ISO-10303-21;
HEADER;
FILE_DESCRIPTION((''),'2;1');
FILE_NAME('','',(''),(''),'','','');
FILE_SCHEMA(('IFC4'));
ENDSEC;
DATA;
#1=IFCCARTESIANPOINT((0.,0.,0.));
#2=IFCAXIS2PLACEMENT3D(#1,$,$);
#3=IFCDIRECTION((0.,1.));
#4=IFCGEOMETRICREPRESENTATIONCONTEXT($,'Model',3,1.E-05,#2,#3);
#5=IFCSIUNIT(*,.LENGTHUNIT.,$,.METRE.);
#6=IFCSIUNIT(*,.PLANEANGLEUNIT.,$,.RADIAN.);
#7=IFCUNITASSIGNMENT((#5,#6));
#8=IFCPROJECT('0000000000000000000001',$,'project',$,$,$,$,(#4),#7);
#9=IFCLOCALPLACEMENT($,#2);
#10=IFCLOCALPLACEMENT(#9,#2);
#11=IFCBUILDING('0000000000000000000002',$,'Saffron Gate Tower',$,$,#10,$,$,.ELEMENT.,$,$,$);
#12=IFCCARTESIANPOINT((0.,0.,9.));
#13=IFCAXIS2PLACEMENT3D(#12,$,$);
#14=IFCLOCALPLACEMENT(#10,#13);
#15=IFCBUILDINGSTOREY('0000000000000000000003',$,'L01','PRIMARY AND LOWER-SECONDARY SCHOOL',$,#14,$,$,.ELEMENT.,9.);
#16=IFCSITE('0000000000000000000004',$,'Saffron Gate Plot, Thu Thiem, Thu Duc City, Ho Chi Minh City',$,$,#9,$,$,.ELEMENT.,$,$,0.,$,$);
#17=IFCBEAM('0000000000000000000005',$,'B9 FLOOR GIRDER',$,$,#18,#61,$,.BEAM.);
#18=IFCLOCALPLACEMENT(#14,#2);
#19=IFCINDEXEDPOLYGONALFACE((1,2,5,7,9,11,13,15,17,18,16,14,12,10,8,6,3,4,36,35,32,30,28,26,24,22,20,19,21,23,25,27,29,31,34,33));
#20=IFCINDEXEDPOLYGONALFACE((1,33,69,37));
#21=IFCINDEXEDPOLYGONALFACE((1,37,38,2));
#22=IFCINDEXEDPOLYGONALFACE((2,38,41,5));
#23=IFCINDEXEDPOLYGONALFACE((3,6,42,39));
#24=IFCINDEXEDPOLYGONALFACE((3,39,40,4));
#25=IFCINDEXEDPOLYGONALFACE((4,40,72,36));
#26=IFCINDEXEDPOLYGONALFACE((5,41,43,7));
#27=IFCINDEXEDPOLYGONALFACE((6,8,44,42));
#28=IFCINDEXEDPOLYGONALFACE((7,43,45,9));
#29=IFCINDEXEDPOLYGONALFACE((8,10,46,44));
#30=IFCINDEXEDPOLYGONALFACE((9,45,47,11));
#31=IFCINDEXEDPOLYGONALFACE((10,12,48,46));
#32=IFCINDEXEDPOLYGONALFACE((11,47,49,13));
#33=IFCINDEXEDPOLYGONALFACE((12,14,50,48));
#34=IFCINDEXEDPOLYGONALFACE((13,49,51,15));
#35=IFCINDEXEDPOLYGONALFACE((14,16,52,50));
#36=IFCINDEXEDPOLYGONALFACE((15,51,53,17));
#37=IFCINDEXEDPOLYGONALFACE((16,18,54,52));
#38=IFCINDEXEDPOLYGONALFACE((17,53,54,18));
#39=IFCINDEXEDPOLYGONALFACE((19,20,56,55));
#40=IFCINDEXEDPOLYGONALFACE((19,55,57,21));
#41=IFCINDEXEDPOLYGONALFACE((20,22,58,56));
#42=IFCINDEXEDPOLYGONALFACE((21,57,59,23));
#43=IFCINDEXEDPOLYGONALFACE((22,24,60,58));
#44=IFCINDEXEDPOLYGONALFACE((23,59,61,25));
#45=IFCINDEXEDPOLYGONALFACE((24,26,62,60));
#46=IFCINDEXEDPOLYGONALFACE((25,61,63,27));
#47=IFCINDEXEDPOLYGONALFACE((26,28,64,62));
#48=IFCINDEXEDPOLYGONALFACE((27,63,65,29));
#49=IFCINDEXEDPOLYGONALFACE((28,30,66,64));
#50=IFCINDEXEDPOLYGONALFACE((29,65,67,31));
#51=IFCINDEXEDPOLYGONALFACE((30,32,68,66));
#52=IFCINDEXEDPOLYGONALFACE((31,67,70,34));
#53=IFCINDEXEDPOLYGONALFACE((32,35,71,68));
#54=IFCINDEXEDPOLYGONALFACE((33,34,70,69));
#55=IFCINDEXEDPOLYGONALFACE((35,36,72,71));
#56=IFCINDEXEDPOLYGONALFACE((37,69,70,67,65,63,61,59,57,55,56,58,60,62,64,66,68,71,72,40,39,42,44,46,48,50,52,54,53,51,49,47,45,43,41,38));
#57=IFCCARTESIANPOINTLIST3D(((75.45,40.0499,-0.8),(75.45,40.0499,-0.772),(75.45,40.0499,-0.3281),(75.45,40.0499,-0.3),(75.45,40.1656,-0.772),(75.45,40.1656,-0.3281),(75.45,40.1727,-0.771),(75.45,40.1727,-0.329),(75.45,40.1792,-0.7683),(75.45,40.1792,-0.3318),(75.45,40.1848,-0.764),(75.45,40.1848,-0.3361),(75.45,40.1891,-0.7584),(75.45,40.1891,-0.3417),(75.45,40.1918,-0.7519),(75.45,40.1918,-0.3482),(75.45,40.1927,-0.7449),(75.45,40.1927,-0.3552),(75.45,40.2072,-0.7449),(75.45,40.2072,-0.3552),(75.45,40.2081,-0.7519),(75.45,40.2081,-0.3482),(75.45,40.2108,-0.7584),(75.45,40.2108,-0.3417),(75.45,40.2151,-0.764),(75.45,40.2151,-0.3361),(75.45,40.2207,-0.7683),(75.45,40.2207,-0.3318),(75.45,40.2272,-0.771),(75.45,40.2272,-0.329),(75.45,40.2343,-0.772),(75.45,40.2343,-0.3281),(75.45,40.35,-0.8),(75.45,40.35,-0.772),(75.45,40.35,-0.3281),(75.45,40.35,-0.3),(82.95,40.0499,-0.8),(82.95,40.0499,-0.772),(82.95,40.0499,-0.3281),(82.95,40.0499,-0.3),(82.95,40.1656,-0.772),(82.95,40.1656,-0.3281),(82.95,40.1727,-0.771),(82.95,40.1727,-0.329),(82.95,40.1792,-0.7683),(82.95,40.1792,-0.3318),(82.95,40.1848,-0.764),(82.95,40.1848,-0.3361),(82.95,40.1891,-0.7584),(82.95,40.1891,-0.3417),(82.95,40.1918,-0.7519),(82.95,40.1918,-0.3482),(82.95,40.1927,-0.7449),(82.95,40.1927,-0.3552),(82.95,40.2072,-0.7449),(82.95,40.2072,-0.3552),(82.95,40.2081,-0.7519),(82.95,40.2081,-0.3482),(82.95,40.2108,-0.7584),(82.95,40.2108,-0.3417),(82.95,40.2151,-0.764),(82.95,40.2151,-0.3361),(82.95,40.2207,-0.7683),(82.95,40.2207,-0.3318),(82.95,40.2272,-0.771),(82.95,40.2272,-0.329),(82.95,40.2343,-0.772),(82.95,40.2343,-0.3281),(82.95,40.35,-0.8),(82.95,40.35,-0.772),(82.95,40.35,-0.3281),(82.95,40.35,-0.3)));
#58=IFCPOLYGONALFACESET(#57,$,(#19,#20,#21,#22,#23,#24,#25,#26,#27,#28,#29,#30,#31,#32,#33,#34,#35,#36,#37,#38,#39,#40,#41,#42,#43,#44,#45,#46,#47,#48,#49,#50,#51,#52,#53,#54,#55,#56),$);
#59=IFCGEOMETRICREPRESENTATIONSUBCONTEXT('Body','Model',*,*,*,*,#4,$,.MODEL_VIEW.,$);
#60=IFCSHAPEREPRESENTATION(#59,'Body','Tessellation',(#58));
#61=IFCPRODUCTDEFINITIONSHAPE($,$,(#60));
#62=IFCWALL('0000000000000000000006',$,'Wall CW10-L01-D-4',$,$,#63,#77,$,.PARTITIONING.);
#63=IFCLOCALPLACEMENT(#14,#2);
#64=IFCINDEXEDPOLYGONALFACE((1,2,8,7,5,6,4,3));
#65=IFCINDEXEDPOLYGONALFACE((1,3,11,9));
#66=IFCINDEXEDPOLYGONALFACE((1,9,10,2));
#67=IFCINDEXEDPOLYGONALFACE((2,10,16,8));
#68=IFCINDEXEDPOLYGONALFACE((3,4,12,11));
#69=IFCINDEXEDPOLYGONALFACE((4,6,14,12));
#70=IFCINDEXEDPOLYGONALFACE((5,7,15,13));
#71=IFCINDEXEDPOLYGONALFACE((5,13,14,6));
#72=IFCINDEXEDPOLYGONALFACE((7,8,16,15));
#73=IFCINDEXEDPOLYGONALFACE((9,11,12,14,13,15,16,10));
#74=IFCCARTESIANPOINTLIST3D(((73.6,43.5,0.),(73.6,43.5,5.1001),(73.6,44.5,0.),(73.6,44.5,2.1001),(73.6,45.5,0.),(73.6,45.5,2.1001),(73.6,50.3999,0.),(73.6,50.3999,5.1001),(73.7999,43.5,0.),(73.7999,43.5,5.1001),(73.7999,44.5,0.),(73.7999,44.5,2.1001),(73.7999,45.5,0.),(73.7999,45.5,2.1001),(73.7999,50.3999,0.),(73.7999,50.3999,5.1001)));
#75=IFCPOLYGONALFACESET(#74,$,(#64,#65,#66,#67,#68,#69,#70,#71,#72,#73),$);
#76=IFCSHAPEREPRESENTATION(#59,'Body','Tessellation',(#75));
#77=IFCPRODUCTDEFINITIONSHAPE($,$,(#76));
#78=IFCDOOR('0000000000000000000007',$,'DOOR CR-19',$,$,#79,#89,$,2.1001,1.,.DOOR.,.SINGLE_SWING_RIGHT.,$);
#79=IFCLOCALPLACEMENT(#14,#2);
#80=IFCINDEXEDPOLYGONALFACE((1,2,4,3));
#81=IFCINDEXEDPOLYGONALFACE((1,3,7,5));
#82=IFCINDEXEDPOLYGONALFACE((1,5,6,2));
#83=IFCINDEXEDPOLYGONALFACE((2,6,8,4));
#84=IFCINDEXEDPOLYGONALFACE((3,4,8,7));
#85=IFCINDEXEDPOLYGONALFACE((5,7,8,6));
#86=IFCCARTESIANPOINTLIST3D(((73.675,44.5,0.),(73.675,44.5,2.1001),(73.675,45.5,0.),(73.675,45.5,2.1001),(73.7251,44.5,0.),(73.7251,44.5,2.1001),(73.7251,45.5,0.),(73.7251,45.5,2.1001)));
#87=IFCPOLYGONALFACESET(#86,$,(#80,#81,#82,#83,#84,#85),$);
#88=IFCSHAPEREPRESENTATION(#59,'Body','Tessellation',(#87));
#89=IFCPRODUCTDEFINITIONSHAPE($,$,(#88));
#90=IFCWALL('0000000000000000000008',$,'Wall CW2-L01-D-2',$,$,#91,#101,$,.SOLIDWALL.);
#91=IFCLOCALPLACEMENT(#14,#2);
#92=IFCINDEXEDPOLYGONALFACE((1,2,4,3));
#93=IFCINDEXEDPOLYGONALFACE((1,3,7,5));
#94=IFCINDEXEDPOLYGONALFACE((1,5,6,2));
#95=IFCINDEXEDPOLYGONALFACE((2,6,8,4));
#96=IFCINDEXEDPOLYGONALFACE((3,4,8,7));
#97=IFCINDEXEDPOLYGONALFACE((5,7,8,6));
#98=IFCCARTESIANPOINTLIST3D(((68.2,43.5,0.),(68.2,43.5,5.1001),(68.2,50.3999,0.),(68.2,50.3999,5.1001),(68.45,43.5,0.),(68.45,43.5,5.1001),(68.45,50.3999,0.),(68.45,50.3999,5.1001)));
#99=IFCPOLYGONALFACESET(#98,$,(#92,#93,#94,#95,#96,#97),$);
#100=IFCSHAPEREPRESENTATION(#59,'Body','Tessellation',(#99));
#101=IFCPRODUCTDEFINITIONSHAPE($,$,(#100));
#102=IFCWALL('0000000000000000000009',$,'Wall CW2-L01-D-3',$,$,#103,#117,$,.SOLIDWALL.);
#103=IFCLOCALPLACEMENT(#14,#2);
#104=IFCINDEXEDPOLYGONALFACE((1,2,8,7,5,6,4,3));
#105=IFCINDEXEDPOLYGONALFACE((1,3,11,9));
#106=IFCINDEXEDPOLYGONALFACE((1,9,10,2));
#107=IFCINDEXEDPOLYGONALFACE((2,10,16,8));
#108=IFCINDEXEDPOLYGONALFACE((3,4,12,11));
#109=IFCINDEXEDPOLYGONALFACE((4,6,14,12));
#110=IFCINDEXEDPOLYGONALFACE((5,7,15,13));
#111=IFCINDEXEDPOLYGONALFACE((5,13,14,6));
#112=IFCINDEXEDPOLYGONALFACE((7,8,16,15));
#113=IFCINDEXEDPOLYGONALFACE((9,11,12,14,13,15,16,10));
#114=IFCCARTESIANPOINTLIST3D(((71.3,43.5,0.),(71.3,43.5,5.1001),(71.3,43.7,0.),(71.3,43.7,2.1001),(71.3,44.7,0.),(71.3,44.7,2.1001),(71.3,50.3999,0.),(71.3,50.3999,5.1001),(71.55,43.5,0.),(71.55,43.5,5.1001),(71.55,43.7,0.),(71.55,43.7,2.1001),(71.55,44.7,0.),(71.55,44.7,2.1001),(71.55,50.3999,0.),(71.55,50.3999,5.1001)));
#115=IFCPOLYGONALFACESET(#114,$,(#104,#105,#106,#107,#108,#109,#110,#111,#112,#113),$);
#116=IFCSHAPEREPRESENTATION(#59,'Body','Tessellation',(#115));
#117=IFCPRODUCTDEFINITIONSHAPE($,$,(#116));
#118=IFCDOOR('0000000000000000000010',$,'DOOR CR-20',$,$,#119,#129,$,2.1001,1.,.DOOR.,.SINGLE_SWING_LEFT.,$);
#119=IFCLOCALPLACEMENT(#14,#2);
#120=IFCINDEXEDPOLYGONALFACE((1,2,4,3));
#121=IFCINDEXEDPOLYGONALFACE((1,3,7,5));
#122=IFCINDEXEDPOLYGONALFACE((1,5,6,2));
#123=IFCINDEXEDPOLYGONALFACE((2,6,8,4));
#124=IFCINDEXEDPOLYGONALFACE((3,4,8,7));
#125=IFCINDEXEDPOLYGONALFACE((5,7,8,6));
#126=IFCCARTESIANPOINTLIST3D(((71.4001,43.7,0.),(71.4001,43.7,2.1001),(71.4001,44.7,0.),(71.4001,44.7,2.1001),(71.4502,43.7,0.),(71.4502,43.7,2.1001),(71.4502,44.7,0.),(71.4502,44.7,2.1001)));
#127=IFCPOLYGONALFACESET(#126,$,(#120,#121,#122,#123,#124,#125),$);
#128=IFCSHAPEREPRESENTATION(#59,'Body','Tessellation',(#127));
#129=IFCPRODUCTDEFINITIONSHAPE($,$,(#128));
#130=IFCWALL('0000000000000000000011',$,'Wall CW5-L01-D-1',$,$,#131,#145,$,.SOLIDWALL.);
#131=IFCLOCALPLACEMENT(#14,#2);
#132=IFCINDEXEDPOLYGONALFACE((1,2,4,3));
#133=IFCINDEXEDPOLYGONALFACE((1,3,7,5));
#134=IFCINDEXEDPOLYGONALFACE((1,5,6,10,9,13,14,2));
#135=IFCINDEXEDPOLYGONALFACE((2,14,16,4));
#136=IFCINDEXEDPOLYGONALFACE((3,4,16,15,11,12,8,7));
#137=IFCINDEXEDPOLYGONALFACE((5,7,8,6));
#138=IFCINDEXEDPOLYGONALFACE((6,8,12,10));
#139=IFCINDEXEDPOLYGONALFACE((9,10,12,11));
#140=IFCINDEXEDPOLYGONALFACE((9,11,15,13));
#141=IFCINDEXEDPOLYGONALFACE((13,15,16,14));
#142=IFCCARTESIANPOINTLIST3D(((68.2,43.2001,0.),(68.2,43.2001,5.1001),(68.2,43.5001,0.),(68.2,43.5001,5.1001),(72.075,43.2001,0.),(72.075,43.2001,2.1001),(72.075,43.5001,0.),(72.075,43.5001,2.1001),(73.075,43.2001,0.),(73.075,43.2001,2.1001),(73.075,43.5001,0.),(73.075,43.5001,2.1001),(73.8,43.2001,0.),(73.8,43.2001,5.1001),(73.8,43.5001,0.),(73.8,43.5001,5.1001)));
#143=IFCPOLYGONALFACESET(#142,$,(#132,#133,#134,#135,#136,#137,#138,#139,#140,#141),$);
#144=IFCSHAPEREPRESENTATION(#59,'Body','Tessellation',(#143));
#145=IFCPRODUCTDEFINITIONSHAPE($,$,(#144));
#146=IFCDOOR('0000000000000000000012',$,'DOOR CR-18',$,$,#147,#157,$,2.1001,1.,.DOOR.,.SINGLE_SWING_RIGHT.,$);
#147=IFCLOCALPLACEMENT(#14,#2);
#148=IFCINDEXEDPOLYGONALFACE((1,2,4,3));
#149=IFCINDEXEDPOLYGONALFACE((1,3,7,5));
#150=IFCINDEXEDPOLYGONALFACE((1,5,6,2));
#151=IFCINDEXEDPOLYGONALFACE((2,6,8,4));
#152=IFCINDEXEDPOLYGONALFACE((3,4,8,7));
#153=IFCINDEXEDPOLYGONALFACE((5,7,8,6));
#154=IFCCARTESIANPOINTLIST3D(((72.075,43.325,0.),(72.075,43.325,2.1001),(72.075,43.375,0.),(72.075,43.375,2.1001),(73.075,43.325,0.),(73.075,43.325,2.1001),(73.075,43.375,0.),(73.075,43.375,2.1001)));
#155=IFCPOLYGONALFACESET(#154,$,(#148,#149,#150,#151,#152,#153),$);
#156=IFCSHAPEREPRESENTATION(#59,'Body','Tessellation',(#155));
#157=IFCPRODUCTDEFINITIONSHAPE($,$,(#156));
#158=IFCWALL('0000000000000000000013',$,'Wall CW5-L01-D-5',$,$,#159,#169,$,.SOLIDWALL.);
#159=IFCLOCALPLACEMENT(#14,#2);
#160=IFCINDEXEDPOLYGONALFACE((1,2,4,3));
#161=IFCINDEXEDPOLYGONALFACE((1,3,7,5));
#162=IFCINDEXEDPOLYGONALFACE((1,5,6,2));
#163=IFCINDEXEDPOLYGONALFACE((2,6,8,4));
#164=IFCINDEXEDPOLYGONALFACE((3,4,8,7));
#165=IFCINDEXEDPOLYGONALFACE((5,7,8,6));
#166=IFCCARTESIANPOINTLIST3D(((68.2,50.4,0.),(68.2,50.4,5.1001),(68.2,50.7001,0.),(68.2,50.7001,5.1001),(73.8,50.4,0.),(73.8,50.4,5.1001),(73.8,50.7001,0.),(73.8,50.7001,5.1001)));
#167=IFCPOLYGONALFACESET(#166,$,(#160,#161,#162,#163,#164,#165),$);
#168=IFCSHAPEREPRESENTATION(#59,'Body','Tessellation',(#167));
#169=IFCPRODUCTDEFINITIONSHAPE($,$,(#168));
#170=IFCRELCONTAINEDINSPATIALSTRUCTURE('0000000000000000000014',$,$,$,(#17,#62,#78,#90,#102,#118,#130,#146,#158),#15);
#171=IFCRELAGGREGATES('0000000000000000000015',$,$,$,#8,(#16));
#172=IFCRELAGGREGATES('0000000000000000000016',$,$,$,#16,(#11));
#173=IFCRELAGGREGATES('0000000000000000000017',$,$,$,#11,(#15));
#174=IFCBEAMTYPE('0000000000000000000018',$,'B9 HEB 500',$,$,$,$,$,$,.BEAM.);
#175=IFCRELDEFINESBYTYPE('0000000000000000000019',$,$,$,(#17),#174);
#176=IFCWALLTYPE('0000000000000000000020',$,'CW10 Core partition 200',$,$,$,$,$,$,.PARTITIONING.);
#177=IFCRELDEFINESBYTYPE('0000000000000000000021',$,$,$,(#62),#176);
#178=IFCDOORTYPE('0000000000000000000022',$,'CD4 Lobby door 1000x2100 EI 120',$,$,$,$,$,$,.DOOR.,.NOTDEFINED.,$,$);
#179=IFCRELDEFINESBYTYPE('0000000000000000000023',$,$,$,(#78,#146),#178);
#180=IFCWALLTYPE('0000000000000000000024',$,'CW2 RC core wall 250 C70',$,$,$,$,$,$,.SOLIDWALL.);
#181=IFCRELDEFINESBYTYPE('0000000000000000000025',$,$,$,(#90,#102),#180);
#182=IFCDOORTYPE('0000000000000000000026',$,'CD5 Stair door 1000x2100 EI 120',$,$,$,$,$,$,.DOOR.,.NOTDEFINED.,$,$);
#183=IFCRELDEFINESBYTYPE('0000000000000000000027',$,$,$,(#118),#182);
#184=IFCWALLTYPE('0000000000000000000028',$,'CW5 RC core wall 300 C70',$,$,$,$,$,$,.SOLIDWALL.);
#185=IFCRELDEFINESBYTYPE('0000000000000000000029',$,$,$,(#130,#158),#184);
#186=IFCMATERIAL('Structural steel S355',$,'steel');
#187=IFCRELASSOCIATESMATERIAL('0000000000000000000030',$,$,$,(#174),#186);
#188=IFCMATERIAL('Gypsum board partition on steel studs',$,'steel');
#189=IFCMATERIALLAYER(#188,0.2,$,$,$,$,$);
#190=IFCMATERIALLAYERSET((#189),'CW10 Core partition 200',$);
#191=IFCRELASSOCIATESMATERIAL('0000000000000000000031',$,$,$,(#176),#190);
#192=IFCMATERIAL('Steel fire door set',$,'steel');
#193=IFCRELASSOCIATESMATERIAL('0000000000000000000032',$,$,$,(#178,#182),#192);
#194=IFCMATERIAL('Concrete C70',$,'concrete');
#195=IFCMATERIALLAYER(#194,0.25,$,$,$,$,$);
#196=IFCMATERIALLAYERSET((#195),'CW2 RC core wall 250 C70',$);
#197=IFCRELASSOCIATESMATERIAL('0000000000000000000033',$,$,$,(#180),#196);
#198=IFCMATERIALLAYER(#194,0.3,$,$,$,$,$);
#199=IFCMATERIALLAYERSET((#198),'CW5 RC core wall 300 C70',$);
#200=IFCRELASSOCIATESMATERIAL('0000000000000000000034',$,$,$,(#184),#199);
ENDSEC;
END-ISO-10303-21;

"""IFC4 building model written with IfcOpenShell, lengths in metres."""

from ifc_helpers import new_model, si_unit, direction, frame, frame_2d, origin, origin_2d, place, context, subcontext, project, spatial, rectangle, i_section, extrude, material, layer, layer_set, material_profile, profile_set, type_object, element, fill, save


model = new_model("IFC4")

# Units and contexts
model_context = context("Model", 3, precision=1e-05, world=origin(), true_north=direction((0.0, 1.0)))
body_context = subcontext(model_context, "Body", "Model", "MODEL_VIEW")
ifc_project = project(units=[si_unit("LENGTHUNIT", "METRE"), si_unit("PLANEANGLEUNIT", "RADIAN")], contexts=[model_context])

# Site, building, storey
site_placement = place(None, origin())
site = spatial("IfcSite", under=ifc_project, at=site_placement, Name="Saffron Gate Plot, Thu Thiem, Thu Duc City, Ho Chi Minh City", CompositionType="ELEMENT", RefElevation=0.0)
building_placement = place(site_placement, origin())
building = spatial("IfcBuilding", under=site, at=building_placement, Name="Saffron Gate Tower", CompositionType="ELEMENT")
storey_placement = place(building_placement, frame((0.0, 0.0, 9.0)))
storey = spatial("IfcBuildingStorey", under=building, at=storey_placement, Name="L01", Description="PRIMARY AND LOWER-SECONDARY SCHOOL", CompositionType="ELEMENT", Elevation=9.0)

# Beam
ifc_material_1 = material(Name="Structural steel S355", Category="steel")
ifc_material_profile_1 = material_profile(ifc_material_1, i_section(OverallWidth=0.3, OverallDepth=0.5, WebThickness=0.0144, FlangeThickness=0.0281, FilletRadius=0.0271, at=origin_2d()))
ifc_profile_set_1 = profile_set([ifc_material_profile_1], Name="Structural steel S355")
beam_type_1 = type_object("IfcBeamType", Name="B9 HEB 500", PredefinedType="BEAM", material=ifc_profile_set_1)
beam_1_placement = place(storey_placement, frame((75.45, 40.2, -0.55), z_axis=(1.0, 0.0, 0.0), x_axis=(0.0, 1.0, 0.0)))
element("IfcBeam", 1, at=beam_1_placement, inside=storey, type_object=beam_type_1, Name="B9 FLOOR GIRDER", PredefinedType="BEAM", context=body_context, shape_type="SweptSolid", body=[
    extrude(i_section(OverallWidth=0.3, OverallDepth=0.5, WebThickness=0.0144, FlangeThickness=0.0281, FilletRadius=0.0271, at=origin_2d()), origin(), (0.0, 0.0, 1.0), 7.5),
])

# Wall, opening, door
ifc_material_2 = material(Name="Gypsum board partition on steel studs", Category="steel")
ifc_layer_1 = layer(ifc_material_2, 0.2)
ifc_layer_set_1 = layer_set([ifc_layer_1], Name="CW10 Core partition 200")
wall_type_1 = type_object("IfcWallType", Name="CW10 Core partition 200", PredefinedType="PARTITIONING", material=ifc_layer_set_1)
wall_1_placement = place(storey_placement, frame((73.7, 43.5, 0.0), z_axis=(0.0, 0.0, 1.0), x_axis=(0.0, 1.0, 0.0)))
wall_1 = element("IfcWall", 2, at=wall_1_placement, inside=storey, type_object=wall_type_1, Name="Wall CW10-L01-D-4", PredefinedType="PARTITIONING", context=body_context, shape_type="SweptSolid", body=[
    extrude(rectangle(XDim=6.8999, YDim=0.2, at=frame_2d((3.45, 0.0))), origin(), (0.0, 0.0, 1.0), 5.1001),
])
opening_1_placement = place(wall_1_placement, frame((1.0, 0.0, 0.0)))
opening_1 = element("IfcOpeningElement", 3, at=opening_1_placement, cuts=wall_1, PredefinedType="OPENING", context=body_context, shape_type="SweptSolid", body=[
    extrude(rectangle(XDim=1.0, YDim=2.1001, at=frame_2d((0.5, 1.05))), frame((0.0, 0.1099, 0.0), z_axis=(0.0, -1.0, 0.0), x_axis=(1.0, 0.0, 0.0)), (0.0, 0.0, 1.0), 0.22),
])
ifc_material_3 = material(Name="Steel fire door set", Category="steel")
door_type_1 = type_object("IfcDoorType", Name="CD4 Lobby door 1000x2100 EI 120", OperationType="NOTDEFINED", PredefinedType="DOOR", material=ifc_material_3)
door_1_placement = place(opening_1_placement, origin())
door_1 = element("IfcDoor", 4, at=door_1_placement, inside=storey, type_object=door_type_1, Name="DOOR CR-19", OperationType="SINGLE_SWING_RIGHT", OverallHeight=2.1001, OverallWidth=1.0, PredefinedType="DOOR", context=body_context, shape_type="SweptSolid", body=[
    extrude(rectangle(XDim=1.0, YDim=2.1001, at=frame_2d((0.5, 1.05))), frame((0.0, 0.0249, 0.0), z_axis=(0.0, -1.0, 0.0), x_axis=(1.0, 0.0, 0.0)), (0.0, 0.0, 1.0), 0.05),
])
fill(opening_1, door_1)

# Wall
ifc_material_4 = material(Name="Concrete C70", Category="concrete")
ifc_layer_2 = layer(ifc_material_4, 0.25)
ifc_layer_set_2 = layer_set([ifc_layer_2], Name="CW2 RC core wall 250 C70")
wall_type_2 = type_object("IfcWallType", Name="CW2 RC core wall 250 C70", PredefinedType="SOLIDWALL", material=ifc_layer_set_2)
wall_2_placement = place(storey_placement, frame((68.325, 43.5, 0.0), z_axis=(0.0, 0.0, 1.0), x_axis=(0.0, 1.0, 0.0)))
element("IfcWall", 5, at=wall_2_placement, inside=storey, type_object=wall_type_2, Name="Wall CW2-L01-D-2", PredefinedType="SOLIDWALL", context=body_context, shape_type="SweptSolid", body=[
    extrude(rectangle(XDim=6.8999, YDim=0.25, at=frame_2d((3.45, 0.0))), origin(), (0.0, 0.0, 1.0), 5.1001),
])

# Walls, openings, doors
wall_3_placement = place(storey_placement, frame((71.425, 43.5, 0.0), z_axis=(0.0, 0.0, 1.0), x_axis=(0.0, 1.0, 0.0)))
wall_3 = element("IfcWall", 6, at=wall_3_placement, inside=storey, type_object=wall_type_2, Name="Wall CW2-L01-D-3", PredefinedType="SOLIDWALL", context=body_context, shape_type="SweptSolid", body=[
    extrude(rectangle(XDim=6.8999, YDim=0.25, at=frame_2d((3.45, 0.0))), origin(), (0.0, 0.0, 1.0), 5.1001),
])
opening_2_placement = place(wall_3_placement, frame((0.2, 0.0, 0.0)))
opening_2 = element("IfcOpeningElement", 7, at=opening_2_placement, cuts=wall_3, PredefinedType="OPENING", context=body_context, shape_type="SweptSolid", body=[
    extrude(rectangle(XDim=1.0, YDim=2.1001, at=frame_2d((0.5, 1.05))), frame((0.0, 0.135, 0.0), z_axis=(0.0, -1.0, 0.0), x_axis=(1.0, 0.0, 0.0)), (0.0, 0.0, 1.0), 0.27),
])
door_type_2 = type_object("IfcDoorType", Name="CD5 Stair door 1000x2100 EI 120", OperationType="NOTDEFINED", PredefinedType="DOOR", material=ifc_material_3)
door_2_placement = place(opening_2_placement, origin())
door_2 = element("IfcDoor", 8, at=door_2_placement, inside=storey, type_object=door_type_2, Name="DOOR CR-20", OperationType="SINGLE_SWING_LEFT", OverallHeight=2.1001, OverallWidth=1.0, PredefinedType="DOOR", context=body_context, shape_type="SweptSolid", body=[
    extrude(rectangle(XDim=1.0, YDim=2.1001, at=frame_2d((0.5, 1.05))), frame((0.0, 0.0249, 0.0), z_axis=(0.0, -1.0, 0.0), x_axis=(1.0, 0.0, 0.0)), (0.0, 0.0, 1.0), 0.05),
])
fill(opening_2, door_2)
ifc_layer_3 = layer(ifc_material_4, 0.3)
ifc_layer_set_3 = layer_set([ifc_layer_3], Name="CW5 RC core wall 300 C70")
wall_type_3 = type_object("IfcWallType", Name="CW5 RC core wall 300 C70", PredefinedType="SOLIDWALL", material=ifc_layer_set_3)
wall_4_placement = place(storey_placement, frame((68.2, 43.3501, 0.0), z_axis=(0.0, 0.0, 1.0), x_axis=(1.0, 0.0, 0.0)))
wall_4 = element("IfcWall", 9, at=wall_4_placement, inside=storey, type_object=wall_type_3, Name="Wall CW5-L01-D-1", PredefinedType="SOLIDWALL", context=body_context, shape_type="SweptSolid", body=[
    extrude(rectangle(XDim=5.6001, YDim=0.3, at=frame_2d((2.8, 0.0))), origin(), (0.0, 0.0, 1.0), 5.1001),
])
opening_3_placement = place(wall_4_placement, frame((3.875, 0.0, 0.0)))
opening_3 = element("IfcOpeningElement", 10, at=opening_3_placement, cuts=wall_4, PredefinedType="OPENING", context=body_context, shape_type="SweptSolid", body=[
    extrude(rectangle(XDim=1.0, YDim=2.1001, at=frame_2d((0.5, 1.05))), frame((0.0, 0.1602, 0.0), z_axis=(0.0, -1.0, 0.0), x_axis=(1.0, 0.0, 0.0)), (0.0, 0.0, 1.0), 0.3201),
])
door_3_placement = place(opening_3_placement, origin())
door_3 = element("IfcDoor", 11, at=door_3_placement, inside=storey, type_object=door_type_1, Name="DOOR CR-18", OperationType="SINGLE_SWING_RIGHT", OverallHeight=2.1001, OverallWidth=1.0, PredefinedType="DOOR", context=body_context, shape_type="SweptSolid", body=[
    extrude(rectangle(XDim=1.0, YDim=2.1001, at=frame_2d((0.5, 1.05))), frame((0.0, 0.0249, 0.0), z_axis=(0.0, -1.0, 0.0), x_axis=(1.0, 0.0, 0.0)), (0.0, 0.0, 1.0), 0.05),
])
fill(opening_3, door_3)

# Wall
wall_5_placement = place(storey_placement, frame((68.2, 50.55, 0.0), z_axis=(0.0, 0.0, 1.0), x_axis=(1.0, 0.0, 0.0)))
element("IfcWall", 12, at=wall_5_placement, inside=storey, type_object=wall_type_3, Name="Wall CW5-L01-D-5", PredefinedType="SOLIDWALL", context=body_context, shape_type="SweptSolid", body=[
    extrude(rectangle(XDim=5.6001, YDim=0.3, at=frame_2d((2.8, 0.0))), origin(), (0.0, 0.0, 1.0), 5.1001),
])

save(model, "model.ifc")
